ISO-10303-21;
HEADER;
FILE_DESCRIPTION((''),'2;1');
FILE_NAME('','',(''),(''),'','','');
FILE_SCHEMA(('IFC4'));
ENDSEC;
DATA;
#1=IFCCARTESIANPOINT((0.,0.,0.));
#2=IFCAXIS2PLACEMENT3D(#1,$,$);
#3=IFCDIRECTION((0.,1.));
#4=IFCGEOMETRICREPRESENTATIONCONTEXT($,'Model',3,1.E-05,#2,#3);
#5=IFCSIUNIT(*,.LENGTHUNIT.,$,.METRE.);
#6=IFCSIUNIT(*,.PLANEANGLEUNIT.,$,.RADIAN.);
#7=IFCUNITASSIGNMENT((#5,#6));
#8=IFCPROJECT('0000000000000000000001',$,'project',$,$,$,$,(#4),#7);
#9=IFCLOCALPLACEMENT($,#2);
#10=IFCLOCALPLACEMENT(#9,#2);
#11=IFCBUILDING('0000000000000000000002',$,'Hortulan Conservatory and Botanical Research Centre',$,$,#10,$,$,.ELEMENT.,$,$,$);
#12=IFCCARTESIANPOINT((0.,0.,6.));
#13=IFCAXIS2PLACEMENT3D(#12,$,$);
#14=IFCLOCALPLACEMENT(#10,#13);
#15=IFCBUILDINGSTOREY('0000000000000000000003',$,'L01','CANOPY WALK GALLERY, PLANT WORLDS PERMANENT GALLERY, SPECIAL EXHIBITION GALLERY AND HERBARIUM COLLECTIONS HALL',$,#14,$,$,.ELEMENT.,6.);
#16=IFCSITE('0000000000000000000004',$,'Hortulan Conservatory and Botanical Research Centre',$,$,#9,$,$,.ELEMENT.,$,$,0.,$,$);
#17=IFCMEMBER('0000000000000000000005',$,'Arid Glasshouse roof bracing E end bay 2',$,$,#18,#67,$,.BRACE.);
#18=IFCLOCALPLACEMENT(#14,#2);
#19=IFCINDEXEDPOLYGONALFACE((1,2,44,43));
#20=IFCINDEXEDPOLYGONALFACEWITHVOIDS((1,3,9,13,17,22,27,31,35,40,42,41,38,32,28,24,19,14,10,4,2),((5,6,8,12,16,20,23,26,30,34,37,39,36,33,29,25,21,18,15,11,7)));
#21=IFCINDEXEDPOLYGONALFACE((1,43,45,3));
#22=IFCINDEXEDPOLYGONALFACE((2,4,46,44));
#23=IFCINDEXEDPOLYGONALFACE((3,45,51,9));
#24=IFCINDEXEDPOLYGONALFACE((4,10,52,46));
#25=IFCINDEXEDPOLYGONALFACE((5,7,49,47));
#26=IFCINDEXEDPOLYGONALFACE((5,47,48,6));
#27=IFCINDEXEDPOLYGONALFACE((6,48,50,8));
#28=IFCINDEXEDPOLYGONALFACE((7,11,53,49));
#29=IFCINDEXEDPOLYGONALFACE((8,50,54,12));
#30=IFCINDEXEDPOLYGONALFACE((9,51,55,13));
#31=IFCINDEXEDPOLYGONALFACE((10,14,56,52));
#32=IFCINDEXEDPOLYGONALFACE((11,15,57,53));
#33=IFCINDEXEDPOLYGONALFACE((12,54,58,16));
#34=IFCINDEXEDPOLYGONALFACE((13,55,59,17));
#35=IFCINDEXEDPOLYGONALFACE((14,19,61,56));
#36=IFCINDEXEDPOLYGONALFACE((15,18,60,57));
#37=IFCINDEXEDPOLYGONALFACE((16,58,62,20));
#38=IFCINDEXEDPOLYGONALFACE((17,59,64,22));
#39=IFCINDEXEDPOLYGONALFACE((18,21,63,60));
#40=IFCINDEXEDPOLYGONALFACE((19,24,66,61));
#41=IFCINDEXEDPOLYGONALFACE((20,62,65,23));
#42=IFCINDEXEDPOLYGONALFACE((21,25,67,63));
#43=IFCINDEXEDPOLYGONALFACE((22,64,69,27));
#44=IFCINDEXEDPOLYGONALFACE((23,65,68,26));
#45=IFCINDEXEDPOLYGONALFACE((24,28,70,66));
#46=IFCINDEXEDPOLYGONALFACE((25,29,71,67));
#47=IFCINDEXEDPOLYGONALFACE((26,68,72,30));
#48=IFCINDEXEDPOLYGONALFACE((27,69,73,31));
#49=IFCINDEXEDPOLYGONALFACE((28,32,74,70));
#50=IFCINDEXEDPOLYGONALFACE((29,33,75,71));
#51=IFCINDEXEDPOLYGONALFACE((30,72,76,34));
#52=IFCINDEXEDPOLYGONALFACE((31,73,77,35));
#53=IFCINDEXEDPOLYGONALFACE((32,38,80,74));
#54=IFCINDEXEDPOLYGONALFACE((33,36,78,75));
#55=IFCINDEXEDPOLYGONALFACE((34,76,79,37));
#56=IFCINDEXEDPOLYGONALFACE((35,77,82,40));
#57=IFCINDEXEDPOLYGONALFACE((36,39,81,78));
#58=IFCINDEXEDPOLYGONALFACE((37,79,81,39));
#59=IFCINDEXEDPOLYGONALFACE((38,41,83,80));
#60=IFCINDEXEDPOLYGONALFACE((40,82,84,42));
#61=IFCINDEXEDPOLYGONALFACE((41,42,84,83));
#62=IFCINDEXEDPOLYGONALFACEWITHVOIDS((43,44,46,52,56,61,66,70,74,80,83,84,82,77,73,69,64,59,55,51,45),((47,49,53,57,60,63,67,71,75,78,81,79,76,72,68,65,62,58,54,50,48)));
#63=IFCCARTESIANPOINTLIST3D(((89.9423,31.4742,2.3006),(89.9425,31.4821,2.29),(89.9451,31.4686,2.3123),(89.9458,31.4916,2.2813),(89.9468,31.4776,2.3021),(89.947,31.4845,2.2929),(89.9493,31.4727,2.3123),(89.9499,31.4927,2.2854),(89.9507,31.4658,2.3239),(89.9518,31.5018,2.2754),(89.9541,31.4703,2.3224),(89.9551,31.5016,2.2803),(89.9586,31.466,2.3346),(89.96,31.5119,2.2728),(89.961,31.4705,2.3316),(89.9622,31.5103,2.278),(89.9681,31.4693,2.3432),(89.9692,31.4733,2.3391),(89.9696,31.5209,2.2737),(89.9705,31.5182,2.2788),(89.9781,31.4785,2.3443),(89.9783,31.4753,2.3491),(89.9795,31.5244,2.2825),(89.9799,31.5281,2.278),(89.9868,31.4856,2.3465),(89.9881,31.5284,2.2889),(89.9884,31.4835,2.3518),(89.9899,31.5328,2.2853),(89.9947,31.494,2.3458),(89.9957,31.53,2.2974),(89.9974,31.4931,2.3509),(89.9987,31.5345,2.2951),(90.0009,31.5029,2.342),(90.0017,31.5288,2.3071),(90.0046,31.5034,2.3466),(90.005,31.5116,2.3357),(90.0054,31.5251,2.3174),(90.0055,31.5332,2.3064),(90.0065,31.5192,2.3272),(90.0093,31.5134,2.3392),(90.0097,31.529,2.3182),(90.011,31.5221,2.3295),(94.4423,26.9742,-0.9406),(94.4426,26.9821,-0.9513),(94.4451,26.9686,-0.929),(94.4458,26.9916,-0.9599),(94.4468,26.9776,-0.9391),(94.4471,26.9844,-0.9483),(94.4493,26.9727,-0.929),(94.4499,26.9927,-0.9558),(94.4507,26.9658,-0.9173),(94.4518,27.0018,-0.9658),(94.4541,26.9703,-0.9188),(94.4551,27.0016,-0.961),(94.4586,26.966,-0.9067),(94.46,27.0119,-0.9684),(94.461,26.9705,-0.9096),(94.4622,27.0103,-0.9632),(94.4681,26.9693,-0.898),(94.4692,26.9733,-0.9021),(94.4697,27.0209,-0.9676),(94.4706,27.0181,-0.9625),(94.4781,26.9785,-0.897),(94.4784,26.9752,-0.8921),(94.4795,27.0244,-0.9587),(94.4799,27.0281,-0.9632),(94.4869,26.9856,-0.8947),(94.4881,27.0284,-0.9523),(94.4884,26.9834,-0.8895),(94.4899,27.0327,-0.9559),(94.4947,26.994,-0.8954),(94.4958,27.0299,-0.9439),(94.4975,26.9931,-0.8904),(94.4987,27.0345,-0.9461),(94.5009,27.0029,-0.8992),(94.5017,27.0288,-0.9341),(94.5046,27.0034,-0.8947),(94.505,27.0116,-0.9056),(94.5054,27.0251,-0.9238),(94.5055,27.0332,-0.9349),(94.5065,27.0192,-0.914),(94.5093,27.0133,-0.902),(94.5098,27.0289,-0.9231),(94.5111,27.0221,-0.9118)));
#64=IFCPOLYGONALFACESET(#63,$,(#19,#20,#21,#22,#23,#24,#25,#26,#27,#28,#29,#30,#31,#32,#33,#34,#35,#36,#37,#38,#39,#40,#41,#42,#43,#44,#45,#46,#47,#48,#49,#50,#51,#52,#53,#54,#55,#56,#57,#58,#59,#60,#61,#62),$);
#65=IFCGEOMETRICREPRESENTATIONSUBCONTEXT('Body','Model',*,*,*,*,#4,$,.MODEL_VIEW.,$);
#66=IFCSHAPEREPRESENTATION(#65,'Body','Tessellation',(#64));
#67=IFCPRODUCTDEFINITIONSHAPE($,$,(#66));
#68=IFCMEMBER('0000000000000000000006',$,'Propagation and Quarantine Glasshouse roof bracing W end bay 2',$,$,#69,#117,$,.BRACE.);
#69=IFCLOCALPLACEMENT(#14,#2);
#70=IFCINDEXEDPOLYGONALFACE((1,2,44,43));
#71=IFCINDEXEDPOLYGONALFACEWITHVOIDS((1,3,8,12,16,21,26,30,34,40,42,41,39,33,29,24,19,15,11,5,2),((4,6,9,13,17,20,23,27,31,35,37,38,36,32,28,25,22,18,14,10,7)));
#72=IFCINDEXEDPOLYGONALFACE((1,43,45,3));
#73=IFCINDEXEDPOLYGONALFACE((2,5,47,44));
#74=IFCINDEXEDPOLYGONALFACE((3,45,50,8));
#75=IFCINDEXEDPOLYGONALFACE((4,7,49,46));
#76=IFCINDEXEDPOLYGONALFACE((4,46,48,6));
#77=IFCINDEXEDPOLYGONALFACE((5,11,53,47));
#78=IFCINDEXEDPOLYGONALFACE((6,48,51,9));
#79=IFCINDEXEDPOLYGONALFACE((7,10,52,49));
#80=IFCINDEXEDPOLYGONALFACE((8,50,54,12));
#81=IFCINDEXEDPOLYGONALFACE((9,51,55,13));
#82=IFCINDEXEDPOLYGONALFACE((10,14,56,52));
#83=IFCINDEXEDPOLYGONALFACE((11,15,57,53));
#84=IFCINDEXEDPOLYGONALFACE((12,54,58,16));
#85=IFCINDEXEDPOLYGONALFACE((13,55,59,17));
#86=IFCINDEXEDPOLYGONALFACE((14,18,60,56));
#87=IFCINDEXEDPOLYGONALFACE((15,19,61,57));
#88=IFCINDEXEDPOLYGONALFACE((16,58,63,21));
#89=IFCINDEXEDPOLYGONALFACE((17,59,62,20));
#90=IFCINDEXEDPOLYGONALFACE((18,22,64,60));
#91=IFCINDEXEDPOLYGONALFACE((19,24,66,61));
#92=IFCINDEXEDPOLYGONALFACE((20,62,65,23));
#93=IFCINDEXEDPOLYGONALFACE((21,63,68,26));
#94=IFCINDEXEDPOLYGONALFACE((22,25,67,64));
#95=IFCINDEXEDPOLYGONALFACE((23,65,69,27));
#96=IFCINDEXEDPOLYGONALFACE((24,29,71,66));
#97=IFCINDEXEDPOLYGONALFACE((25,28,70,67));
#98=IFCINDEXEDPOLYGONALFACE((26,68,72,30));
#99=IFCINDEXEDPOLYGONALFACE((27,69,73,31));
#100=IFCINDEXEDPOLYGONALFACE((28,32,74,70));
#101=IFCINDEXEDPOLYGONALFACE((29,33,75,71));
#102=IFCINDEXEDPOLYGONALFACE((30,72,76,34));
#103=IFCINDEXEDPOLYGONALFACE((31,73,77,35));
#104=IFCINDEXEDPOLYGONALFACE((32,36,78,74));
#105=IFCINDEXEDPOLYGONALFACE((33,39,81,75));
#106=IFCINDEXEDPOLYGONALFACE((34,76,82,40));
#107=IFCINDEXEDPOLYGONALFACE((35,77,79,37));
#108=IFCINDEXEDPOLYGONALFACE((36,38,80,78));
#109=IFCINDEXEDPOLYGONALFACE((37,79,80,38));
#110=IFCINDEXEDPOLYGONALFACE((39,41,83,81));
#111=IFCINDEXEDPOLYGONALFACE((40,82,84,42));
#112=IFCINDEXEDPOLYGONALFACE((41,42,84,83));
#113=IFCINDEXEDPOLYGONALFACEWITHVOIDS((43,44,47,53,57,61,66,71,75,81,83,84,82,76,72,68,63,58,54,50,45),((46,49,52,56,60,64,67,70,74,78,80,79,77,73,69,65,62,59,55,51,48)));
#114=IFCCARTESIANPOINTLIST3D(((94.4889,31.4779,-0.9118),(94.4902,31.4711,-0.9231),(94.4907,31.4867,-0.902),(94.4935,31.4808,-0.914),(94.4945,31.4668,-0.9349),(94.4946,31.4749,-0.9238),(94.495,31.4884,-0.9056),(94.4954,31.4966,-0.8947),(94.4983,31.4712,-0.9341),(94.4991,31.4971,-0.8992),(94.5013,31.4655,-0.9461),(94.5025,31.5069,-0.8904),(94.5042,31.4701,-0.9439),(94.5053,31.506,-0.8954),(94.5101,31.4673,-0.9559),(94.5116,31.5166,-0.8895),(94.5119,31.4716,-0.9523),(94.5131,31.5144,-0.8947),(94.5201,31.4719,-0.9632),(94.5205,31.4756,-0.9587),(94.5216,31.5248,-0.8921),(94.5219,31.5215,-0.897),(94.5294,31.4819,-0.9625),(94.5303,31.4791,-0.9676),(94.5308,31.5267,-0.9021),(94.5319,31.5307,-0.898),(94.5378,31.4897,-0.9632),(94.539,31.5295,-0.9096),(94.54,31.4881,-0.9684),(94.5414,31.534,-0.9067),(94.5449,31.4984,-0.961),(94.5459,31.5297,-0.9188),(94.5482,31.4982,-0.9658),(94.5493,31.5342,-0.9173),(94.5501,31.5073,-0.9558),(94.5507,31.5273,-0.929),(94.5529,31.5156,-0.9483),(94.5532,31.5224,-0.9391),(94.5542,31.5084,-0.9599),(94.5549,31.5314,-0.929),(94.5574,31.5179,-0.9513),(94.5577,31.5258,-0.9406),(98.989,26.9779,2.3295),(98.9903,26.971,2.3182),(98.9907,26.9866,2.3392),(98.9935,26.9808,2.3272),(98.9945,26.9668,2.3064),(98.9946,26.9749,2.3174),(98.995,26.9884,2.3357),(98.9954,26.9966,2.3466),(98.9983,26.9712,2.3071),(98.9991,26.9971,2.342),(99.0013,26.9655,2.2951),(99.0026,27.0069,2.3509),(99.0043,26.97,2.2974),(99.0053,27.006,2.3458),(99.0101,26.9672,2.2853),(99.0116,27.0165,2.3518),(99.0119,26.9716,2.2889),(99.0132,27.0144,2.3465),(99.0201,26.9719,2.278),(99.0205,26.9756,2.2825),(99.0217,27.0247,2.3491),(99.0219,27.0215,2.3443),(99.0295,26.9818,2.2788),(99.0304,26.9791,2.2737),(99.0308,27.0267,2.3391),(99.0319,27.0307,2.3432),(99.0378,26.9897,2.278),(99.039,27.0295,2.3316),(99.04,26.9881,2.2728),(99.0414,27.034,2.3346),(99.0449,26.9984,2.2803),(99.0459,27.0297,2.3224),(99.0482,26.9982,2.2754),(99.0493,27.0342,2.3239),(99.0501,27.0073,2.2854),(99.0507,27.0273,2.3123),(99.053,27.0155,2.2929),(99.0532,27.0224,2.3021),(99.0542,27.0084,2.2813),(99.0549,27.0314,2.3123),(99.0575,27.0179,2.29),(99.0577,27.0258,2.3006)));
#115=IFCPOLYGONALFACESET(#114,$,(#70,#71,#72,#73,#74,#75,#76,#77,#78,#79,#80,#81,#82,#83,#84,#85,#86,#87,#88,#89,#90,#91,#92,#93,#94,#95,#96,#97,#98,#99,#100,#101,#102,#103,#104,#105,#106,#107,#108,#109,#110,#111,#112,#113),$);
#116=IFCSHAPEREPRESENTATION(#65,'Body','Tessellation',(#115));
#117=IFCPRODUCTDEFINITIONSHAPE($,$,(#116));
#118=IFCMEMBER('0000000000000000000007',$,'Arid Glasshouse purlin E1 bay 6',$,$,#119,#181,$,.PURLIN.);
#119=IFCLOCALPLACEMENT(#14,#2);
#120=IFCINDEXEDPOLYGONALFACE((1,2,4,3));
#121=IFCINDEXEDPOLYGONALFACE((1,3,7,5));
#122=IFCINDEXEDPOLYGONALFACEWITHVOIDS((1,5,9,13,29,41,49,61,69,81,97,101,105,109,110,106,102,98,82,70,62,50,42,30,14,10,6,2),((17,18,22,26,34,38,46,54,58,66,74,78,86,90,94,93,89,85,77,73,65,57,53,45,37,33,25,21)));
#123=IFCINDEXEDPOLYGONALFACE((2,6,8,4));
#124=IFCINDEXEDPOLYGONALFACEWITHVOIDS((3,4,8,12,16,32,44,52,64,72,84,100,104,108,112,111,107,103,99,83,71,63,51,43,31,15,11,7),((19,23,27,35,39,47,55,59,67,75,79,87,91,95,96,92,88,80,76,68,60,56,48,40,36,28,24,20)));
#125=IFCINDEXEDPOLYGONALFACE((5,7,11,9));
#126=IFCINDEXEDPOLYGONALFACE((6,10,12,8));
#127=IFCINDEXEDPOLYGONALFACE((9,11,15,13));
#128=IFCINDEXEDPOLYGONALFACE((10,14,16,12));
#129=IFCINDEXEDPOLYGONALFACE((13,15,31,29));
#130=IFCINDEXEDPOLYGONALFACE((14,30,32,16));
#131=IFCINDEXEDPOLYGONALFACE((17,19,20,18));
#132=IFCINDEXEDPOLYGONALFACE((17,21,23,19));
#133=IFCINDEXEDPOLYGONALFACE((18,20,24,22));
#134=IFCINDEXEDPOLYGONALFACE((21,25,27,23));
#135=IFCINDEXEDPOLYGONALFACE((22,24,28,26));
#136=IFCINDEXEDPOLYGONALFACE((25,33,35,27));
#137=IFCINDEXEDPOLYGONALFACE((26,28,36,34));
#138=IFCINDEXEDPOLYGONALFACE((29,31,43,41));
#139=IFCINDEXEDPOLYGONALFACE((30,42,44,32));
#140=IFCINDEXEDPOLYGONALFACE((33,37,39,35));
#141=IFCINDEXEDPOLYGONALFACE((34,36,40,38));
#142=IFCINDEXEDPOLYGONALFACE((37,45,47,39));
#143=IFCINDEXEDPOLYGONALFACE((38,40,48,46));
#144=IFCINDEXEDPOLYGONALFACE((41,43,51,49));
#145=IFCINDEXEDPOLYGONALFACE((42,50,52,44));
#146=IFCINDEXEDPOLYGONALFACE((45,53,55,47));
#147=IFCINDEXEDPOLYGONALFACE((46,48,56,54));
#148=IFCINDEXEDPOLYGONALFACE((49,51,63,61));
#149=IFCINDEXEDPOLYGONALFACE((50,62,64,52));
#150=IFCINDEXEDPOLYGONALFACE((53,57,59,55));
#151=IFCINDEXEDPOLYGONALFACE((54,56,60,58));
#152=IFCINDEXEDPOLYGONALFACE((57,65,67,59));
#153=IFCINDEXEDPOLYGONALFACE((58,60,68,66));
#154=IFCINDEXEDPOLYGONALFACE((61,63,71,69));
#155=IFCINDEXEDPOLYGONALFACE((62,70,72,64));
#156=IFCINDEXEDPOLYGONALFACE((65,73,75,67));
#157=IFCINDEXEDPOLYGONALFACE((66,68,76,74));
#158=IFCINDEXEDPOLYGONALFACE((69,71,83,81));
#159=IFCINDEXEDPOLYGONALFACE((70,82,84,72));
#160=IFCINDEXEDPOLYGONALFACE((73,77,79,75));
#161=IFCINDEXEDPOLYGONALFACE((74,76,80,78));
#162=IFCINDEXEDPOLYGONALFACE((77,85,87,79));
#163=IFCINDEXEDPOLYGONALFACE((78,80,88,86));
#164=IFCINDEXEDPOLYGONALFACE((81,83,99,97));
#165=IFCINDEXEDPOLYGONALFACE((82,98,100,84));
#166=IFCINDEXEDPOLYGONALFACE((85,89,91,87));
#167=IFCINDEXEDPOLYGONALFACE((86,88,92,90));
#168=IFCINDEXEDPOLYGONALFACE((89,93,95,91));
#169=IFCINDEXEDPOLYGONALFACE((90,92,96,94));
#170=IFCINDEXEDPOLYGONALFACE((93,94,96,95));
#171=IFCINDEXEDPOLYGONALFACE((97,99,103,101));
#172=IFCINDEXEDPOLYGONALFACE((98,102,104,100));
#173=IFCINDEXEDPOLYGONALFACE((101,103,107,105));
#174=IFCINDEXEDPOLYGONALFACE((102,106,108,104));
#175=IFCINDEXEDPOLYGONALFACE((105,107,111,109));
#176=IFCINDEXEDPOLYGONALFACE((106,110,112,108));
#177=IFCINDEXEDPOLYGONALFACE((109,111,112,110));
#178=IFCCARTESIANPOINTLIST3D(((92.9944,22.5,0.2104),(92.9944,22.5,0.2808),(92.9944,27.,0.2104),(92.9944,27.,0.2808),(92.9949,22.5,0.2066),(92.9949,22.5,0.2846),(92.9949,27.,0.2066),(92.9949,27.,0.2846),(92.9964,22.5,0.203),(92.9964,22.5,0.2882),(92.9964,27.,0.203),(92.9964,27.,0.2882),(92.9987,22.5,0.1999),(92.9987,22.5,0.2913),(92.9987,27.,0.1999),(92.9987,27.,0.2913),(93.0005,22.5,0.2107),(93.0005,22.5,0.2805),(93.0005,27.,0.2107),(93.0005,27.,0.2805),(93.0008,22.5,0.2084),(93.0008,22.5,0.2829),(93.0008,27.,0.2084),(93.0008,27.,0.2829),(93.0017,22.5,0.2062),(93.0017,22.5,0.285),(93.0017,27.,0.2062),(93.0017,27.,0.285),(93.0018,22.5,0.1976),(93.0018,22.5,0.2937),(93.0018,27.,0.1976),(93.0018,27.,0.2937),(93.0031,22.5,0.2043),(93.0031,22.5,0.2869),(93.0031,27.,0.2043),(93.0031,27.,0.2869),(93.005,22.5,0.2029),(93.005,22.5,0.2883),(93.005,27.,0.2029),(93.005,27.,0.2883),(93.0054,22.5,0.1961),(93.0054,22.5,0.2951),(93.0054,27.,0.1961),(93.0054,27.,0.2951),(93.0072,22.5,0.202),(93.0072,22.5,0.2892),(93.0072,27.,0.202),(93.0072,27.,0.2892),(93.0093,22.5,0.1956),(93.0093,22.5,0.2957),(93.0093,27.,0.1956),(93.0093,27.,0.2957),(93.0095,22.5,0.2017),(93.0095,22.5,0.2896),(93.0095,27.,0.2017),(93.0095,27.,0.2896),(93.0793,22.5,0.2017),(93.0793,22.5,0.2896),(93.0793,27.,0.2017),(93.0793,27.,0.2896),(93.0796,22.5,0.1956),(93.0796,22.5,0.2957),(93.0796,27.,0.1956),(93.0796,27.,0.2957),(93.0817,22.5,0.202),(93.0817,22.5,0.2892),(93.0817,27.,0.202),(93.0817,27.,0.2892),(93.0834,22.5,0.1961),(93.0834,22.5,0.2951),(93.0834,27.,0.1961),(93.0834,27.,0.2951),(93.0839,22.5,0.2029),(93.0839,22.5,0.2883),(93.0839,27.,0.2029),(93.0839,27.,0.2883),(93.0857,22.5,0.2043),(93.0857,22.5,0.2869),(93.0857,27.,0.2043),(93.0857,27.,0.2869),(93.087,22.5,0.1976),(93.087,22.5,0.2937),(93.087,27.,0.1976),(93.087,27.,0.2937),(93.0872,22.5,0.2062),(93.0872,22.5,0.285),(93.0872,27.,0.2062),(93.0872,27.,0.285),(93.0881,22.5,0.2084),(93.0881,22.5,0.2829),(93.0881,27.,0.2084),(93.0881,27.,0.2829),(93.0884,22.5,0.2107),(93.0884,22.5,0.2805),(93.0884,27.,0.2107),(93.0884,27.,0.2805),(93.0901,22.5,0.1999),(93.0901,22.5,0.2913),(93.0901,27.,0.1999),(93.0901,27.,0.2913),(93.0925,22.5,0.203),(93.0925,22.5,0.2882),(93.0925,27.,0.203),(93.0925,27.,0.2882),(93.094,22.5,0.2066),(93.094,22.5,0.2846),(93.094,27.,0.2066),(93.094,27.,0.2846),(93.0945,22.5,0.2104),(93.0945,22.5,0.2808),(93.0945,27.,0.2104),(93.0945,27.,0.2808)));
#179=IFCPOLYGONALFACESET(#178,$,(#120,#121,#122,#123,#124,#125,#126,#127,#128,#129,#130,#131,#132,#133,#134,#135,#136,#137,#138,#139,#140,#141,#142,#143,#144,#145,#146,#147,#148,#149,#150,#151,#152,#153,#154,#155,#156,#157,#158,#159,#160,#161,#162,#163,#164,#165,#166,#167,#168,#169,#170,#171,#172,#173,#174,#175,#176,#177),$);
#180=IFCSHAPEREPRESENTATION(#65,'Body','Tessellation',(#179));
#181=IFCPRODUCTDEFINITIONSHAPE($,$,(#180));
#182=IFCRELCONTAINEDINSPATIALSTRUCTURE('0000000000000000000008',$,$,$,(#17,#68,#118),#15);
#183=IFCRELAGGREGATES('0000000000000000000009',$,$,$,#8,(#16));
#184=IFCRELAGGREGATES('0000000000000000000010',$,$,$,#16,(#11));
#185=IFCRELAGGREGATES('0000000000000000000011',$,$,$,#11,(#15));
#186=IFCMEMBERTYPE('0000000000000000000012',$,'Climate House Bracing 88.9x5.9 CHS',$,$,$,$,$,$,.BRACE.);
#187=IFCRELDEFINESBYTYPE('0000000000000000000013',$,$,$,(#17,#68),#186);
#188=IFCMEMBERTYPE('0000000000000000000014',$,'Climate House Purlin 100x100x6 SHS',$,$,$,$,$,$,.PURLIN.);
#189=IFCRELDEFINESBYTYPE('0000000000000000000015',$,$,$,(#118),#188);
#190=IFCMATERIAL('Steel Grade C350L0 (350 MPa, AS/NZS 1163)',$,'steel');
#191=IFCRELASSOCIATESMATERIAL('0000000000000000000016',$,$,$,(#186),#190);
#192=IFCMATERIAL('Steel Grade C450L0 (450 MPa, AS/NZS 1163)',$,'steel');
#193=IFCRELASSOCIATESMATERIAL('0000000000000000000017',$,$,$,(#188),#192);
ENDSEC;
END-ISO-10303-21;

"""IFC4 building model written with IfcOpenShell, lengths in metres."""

from ifc_helpers import new_model, si_unit, direction, frame, origin, origin_2d, place, context, subcontext, project, spatial, hollow_rectangle, hollow_circle, extrude, material, material_profile, profile_set, type_object, element, save


model = new_model("IFC4")

# Units and contexts
model_context = context("Model", 3, precision=1e-05, world=origin(), true_north=direction((0.0, 1.0)))
body_context = subcontext(model_context, "Body", "Model", "MODEL_VIEW")
ifc_project = project(units=[si_unit("LENGTHUNIT", "METRE"), si_unit("PLANEANGLEUNIT", "RADIAN")], contexts=[model_context])

# Site, building, storey
site_placement = place(None, origin())
site = spatial("IfcSite", under=ifc_project, at=site_placement, Name="Hortulan Conservatory and Botanical Research Centre", CompositionType="ELEMENT", RefElevation=0.0)
building_placement = place(site_placement, origin())
building = spatial("IfcBuilding", under=site, at=building_placement, Name="Hortulan Conservatory and Botanical Research Centre", CompositionType="ELEMENT")
storey_placement = place(building_placement, frame((0.0, 0.0, 6.0)))
storey = spatial("IfcBuildingStorey", under=building, at=storey_placement, Name="L01", Description="CANOPY WALK GALLERY, PLANT WORLDS PERMANENT GALLERY, SPECIAL EXHIBITION GALLERY AND HERBARIUM COLLECTIONS HALL", CompositionType="ELEMENT", Elevation=6.0)

# Members
ifc_material_1 = material(Name="Steel Grade C350L0 (350 MPa, AS/NZS 1163)", Category="steel")
ifc_material_profile_1 = material_profile(ifc_material_1, hollow_circle(Radius=0.0444, WallThickness=0.0059, at=origin_2d()), Name="88.9x5.9CHS")
ifc_profile_set_1 = profile_set([ifc_material_profile_1], Name="Steel Grade C350L0 (350 MPa, AS/NZS 1163)")
member_type_1 = type_object("IfcMemberType", Name="Climate House Bracing 88.9x5.9 CHS", PredefinedType="BRACE", material=ifc_profile_set_1)
for number, where, z_axis, x_axis, name in (
    (1, (94.4766, 27.0, -0.929), (-0.630092, 0.630092, 0.453836), (-0.707107, -0.707107, 0.0), "Arid Glasshouse roof bracing E end bay 2"),
    (2, (94.5234, 31.5, -0.929), (0.630092, -0.630092, 0.453836), (0.707107, 0.707107, 0.0), "Propagation and Quarantine Glasshouse roof bracing W end bay 2"),
):
    element("IfcMember", number, at=place(storey_placement, frame(where, z_axis=z_axis, x_axis=x_axis)), inside=storey, type_object=member_type_1, Name=name, PredefinedType="BRACE", context=body_context, shape_type="SweptSolid", body=[
        extrude(hollow_circle(Radius=0.0444, WallThickness=0.0059, at=origin_2d()), origin(), (0.0, 0.0, 1.0), 7.1418),
    ])
ifc_material_2 = material(Name="Steel Grade C450L0 (450 MPa, AS/NZS 1163)", Category="steel")
ifc_material_profile_2 = material_profile(ifc_material_2, hollow_rectangle(XDim=0.1001, YDim=0.1001, WallThickness=0.0061, InnerFilletRadius=0.009, OuterFilletRadius=0.0149, at=origin_2d()), Name="100x100x6SHS")
ifc_profile_set_2 = profile_set([ifc_material_profile_2], Name="Steel Grade C450L0 (450 MPa, AS/NZS 1163)")
member_type_2 = type_object("IfcMemberType", Name="Climate House Purlin 100x100x6 SHS", PredefinedType="PURLIN", material=ifc_profile_set_2)
for number, where, z_axis, x_axis, name in (
    (3, (93.0444, 22.5, 0.2456), (0.0, 1.0, 0.0), (-1.0, 0.0, 0.0), "Arid Glasshouse purlin E1 bay 6"),
):
    element("IfcMember", number, at=place(storey_placement, frame(where, z_axis=z_axis, x_axis=x_axis)), inside=storey, type_object=member_type_2, Name=name, PredefinedType="PURLIN", context=body_context, shape_type="SweptSolid", body=[
        extrude(hollow_rectangle(XDim=0.1001, YDim=0.1001, WallThickness=0.0061, InnerFilletRadius=0.009, OuterFilletRadius=0.0149, at=origin_2d()), origin(), (0.0, 0.0, 1.0), 4.5),
    ])

save(model, "model.ifc")
